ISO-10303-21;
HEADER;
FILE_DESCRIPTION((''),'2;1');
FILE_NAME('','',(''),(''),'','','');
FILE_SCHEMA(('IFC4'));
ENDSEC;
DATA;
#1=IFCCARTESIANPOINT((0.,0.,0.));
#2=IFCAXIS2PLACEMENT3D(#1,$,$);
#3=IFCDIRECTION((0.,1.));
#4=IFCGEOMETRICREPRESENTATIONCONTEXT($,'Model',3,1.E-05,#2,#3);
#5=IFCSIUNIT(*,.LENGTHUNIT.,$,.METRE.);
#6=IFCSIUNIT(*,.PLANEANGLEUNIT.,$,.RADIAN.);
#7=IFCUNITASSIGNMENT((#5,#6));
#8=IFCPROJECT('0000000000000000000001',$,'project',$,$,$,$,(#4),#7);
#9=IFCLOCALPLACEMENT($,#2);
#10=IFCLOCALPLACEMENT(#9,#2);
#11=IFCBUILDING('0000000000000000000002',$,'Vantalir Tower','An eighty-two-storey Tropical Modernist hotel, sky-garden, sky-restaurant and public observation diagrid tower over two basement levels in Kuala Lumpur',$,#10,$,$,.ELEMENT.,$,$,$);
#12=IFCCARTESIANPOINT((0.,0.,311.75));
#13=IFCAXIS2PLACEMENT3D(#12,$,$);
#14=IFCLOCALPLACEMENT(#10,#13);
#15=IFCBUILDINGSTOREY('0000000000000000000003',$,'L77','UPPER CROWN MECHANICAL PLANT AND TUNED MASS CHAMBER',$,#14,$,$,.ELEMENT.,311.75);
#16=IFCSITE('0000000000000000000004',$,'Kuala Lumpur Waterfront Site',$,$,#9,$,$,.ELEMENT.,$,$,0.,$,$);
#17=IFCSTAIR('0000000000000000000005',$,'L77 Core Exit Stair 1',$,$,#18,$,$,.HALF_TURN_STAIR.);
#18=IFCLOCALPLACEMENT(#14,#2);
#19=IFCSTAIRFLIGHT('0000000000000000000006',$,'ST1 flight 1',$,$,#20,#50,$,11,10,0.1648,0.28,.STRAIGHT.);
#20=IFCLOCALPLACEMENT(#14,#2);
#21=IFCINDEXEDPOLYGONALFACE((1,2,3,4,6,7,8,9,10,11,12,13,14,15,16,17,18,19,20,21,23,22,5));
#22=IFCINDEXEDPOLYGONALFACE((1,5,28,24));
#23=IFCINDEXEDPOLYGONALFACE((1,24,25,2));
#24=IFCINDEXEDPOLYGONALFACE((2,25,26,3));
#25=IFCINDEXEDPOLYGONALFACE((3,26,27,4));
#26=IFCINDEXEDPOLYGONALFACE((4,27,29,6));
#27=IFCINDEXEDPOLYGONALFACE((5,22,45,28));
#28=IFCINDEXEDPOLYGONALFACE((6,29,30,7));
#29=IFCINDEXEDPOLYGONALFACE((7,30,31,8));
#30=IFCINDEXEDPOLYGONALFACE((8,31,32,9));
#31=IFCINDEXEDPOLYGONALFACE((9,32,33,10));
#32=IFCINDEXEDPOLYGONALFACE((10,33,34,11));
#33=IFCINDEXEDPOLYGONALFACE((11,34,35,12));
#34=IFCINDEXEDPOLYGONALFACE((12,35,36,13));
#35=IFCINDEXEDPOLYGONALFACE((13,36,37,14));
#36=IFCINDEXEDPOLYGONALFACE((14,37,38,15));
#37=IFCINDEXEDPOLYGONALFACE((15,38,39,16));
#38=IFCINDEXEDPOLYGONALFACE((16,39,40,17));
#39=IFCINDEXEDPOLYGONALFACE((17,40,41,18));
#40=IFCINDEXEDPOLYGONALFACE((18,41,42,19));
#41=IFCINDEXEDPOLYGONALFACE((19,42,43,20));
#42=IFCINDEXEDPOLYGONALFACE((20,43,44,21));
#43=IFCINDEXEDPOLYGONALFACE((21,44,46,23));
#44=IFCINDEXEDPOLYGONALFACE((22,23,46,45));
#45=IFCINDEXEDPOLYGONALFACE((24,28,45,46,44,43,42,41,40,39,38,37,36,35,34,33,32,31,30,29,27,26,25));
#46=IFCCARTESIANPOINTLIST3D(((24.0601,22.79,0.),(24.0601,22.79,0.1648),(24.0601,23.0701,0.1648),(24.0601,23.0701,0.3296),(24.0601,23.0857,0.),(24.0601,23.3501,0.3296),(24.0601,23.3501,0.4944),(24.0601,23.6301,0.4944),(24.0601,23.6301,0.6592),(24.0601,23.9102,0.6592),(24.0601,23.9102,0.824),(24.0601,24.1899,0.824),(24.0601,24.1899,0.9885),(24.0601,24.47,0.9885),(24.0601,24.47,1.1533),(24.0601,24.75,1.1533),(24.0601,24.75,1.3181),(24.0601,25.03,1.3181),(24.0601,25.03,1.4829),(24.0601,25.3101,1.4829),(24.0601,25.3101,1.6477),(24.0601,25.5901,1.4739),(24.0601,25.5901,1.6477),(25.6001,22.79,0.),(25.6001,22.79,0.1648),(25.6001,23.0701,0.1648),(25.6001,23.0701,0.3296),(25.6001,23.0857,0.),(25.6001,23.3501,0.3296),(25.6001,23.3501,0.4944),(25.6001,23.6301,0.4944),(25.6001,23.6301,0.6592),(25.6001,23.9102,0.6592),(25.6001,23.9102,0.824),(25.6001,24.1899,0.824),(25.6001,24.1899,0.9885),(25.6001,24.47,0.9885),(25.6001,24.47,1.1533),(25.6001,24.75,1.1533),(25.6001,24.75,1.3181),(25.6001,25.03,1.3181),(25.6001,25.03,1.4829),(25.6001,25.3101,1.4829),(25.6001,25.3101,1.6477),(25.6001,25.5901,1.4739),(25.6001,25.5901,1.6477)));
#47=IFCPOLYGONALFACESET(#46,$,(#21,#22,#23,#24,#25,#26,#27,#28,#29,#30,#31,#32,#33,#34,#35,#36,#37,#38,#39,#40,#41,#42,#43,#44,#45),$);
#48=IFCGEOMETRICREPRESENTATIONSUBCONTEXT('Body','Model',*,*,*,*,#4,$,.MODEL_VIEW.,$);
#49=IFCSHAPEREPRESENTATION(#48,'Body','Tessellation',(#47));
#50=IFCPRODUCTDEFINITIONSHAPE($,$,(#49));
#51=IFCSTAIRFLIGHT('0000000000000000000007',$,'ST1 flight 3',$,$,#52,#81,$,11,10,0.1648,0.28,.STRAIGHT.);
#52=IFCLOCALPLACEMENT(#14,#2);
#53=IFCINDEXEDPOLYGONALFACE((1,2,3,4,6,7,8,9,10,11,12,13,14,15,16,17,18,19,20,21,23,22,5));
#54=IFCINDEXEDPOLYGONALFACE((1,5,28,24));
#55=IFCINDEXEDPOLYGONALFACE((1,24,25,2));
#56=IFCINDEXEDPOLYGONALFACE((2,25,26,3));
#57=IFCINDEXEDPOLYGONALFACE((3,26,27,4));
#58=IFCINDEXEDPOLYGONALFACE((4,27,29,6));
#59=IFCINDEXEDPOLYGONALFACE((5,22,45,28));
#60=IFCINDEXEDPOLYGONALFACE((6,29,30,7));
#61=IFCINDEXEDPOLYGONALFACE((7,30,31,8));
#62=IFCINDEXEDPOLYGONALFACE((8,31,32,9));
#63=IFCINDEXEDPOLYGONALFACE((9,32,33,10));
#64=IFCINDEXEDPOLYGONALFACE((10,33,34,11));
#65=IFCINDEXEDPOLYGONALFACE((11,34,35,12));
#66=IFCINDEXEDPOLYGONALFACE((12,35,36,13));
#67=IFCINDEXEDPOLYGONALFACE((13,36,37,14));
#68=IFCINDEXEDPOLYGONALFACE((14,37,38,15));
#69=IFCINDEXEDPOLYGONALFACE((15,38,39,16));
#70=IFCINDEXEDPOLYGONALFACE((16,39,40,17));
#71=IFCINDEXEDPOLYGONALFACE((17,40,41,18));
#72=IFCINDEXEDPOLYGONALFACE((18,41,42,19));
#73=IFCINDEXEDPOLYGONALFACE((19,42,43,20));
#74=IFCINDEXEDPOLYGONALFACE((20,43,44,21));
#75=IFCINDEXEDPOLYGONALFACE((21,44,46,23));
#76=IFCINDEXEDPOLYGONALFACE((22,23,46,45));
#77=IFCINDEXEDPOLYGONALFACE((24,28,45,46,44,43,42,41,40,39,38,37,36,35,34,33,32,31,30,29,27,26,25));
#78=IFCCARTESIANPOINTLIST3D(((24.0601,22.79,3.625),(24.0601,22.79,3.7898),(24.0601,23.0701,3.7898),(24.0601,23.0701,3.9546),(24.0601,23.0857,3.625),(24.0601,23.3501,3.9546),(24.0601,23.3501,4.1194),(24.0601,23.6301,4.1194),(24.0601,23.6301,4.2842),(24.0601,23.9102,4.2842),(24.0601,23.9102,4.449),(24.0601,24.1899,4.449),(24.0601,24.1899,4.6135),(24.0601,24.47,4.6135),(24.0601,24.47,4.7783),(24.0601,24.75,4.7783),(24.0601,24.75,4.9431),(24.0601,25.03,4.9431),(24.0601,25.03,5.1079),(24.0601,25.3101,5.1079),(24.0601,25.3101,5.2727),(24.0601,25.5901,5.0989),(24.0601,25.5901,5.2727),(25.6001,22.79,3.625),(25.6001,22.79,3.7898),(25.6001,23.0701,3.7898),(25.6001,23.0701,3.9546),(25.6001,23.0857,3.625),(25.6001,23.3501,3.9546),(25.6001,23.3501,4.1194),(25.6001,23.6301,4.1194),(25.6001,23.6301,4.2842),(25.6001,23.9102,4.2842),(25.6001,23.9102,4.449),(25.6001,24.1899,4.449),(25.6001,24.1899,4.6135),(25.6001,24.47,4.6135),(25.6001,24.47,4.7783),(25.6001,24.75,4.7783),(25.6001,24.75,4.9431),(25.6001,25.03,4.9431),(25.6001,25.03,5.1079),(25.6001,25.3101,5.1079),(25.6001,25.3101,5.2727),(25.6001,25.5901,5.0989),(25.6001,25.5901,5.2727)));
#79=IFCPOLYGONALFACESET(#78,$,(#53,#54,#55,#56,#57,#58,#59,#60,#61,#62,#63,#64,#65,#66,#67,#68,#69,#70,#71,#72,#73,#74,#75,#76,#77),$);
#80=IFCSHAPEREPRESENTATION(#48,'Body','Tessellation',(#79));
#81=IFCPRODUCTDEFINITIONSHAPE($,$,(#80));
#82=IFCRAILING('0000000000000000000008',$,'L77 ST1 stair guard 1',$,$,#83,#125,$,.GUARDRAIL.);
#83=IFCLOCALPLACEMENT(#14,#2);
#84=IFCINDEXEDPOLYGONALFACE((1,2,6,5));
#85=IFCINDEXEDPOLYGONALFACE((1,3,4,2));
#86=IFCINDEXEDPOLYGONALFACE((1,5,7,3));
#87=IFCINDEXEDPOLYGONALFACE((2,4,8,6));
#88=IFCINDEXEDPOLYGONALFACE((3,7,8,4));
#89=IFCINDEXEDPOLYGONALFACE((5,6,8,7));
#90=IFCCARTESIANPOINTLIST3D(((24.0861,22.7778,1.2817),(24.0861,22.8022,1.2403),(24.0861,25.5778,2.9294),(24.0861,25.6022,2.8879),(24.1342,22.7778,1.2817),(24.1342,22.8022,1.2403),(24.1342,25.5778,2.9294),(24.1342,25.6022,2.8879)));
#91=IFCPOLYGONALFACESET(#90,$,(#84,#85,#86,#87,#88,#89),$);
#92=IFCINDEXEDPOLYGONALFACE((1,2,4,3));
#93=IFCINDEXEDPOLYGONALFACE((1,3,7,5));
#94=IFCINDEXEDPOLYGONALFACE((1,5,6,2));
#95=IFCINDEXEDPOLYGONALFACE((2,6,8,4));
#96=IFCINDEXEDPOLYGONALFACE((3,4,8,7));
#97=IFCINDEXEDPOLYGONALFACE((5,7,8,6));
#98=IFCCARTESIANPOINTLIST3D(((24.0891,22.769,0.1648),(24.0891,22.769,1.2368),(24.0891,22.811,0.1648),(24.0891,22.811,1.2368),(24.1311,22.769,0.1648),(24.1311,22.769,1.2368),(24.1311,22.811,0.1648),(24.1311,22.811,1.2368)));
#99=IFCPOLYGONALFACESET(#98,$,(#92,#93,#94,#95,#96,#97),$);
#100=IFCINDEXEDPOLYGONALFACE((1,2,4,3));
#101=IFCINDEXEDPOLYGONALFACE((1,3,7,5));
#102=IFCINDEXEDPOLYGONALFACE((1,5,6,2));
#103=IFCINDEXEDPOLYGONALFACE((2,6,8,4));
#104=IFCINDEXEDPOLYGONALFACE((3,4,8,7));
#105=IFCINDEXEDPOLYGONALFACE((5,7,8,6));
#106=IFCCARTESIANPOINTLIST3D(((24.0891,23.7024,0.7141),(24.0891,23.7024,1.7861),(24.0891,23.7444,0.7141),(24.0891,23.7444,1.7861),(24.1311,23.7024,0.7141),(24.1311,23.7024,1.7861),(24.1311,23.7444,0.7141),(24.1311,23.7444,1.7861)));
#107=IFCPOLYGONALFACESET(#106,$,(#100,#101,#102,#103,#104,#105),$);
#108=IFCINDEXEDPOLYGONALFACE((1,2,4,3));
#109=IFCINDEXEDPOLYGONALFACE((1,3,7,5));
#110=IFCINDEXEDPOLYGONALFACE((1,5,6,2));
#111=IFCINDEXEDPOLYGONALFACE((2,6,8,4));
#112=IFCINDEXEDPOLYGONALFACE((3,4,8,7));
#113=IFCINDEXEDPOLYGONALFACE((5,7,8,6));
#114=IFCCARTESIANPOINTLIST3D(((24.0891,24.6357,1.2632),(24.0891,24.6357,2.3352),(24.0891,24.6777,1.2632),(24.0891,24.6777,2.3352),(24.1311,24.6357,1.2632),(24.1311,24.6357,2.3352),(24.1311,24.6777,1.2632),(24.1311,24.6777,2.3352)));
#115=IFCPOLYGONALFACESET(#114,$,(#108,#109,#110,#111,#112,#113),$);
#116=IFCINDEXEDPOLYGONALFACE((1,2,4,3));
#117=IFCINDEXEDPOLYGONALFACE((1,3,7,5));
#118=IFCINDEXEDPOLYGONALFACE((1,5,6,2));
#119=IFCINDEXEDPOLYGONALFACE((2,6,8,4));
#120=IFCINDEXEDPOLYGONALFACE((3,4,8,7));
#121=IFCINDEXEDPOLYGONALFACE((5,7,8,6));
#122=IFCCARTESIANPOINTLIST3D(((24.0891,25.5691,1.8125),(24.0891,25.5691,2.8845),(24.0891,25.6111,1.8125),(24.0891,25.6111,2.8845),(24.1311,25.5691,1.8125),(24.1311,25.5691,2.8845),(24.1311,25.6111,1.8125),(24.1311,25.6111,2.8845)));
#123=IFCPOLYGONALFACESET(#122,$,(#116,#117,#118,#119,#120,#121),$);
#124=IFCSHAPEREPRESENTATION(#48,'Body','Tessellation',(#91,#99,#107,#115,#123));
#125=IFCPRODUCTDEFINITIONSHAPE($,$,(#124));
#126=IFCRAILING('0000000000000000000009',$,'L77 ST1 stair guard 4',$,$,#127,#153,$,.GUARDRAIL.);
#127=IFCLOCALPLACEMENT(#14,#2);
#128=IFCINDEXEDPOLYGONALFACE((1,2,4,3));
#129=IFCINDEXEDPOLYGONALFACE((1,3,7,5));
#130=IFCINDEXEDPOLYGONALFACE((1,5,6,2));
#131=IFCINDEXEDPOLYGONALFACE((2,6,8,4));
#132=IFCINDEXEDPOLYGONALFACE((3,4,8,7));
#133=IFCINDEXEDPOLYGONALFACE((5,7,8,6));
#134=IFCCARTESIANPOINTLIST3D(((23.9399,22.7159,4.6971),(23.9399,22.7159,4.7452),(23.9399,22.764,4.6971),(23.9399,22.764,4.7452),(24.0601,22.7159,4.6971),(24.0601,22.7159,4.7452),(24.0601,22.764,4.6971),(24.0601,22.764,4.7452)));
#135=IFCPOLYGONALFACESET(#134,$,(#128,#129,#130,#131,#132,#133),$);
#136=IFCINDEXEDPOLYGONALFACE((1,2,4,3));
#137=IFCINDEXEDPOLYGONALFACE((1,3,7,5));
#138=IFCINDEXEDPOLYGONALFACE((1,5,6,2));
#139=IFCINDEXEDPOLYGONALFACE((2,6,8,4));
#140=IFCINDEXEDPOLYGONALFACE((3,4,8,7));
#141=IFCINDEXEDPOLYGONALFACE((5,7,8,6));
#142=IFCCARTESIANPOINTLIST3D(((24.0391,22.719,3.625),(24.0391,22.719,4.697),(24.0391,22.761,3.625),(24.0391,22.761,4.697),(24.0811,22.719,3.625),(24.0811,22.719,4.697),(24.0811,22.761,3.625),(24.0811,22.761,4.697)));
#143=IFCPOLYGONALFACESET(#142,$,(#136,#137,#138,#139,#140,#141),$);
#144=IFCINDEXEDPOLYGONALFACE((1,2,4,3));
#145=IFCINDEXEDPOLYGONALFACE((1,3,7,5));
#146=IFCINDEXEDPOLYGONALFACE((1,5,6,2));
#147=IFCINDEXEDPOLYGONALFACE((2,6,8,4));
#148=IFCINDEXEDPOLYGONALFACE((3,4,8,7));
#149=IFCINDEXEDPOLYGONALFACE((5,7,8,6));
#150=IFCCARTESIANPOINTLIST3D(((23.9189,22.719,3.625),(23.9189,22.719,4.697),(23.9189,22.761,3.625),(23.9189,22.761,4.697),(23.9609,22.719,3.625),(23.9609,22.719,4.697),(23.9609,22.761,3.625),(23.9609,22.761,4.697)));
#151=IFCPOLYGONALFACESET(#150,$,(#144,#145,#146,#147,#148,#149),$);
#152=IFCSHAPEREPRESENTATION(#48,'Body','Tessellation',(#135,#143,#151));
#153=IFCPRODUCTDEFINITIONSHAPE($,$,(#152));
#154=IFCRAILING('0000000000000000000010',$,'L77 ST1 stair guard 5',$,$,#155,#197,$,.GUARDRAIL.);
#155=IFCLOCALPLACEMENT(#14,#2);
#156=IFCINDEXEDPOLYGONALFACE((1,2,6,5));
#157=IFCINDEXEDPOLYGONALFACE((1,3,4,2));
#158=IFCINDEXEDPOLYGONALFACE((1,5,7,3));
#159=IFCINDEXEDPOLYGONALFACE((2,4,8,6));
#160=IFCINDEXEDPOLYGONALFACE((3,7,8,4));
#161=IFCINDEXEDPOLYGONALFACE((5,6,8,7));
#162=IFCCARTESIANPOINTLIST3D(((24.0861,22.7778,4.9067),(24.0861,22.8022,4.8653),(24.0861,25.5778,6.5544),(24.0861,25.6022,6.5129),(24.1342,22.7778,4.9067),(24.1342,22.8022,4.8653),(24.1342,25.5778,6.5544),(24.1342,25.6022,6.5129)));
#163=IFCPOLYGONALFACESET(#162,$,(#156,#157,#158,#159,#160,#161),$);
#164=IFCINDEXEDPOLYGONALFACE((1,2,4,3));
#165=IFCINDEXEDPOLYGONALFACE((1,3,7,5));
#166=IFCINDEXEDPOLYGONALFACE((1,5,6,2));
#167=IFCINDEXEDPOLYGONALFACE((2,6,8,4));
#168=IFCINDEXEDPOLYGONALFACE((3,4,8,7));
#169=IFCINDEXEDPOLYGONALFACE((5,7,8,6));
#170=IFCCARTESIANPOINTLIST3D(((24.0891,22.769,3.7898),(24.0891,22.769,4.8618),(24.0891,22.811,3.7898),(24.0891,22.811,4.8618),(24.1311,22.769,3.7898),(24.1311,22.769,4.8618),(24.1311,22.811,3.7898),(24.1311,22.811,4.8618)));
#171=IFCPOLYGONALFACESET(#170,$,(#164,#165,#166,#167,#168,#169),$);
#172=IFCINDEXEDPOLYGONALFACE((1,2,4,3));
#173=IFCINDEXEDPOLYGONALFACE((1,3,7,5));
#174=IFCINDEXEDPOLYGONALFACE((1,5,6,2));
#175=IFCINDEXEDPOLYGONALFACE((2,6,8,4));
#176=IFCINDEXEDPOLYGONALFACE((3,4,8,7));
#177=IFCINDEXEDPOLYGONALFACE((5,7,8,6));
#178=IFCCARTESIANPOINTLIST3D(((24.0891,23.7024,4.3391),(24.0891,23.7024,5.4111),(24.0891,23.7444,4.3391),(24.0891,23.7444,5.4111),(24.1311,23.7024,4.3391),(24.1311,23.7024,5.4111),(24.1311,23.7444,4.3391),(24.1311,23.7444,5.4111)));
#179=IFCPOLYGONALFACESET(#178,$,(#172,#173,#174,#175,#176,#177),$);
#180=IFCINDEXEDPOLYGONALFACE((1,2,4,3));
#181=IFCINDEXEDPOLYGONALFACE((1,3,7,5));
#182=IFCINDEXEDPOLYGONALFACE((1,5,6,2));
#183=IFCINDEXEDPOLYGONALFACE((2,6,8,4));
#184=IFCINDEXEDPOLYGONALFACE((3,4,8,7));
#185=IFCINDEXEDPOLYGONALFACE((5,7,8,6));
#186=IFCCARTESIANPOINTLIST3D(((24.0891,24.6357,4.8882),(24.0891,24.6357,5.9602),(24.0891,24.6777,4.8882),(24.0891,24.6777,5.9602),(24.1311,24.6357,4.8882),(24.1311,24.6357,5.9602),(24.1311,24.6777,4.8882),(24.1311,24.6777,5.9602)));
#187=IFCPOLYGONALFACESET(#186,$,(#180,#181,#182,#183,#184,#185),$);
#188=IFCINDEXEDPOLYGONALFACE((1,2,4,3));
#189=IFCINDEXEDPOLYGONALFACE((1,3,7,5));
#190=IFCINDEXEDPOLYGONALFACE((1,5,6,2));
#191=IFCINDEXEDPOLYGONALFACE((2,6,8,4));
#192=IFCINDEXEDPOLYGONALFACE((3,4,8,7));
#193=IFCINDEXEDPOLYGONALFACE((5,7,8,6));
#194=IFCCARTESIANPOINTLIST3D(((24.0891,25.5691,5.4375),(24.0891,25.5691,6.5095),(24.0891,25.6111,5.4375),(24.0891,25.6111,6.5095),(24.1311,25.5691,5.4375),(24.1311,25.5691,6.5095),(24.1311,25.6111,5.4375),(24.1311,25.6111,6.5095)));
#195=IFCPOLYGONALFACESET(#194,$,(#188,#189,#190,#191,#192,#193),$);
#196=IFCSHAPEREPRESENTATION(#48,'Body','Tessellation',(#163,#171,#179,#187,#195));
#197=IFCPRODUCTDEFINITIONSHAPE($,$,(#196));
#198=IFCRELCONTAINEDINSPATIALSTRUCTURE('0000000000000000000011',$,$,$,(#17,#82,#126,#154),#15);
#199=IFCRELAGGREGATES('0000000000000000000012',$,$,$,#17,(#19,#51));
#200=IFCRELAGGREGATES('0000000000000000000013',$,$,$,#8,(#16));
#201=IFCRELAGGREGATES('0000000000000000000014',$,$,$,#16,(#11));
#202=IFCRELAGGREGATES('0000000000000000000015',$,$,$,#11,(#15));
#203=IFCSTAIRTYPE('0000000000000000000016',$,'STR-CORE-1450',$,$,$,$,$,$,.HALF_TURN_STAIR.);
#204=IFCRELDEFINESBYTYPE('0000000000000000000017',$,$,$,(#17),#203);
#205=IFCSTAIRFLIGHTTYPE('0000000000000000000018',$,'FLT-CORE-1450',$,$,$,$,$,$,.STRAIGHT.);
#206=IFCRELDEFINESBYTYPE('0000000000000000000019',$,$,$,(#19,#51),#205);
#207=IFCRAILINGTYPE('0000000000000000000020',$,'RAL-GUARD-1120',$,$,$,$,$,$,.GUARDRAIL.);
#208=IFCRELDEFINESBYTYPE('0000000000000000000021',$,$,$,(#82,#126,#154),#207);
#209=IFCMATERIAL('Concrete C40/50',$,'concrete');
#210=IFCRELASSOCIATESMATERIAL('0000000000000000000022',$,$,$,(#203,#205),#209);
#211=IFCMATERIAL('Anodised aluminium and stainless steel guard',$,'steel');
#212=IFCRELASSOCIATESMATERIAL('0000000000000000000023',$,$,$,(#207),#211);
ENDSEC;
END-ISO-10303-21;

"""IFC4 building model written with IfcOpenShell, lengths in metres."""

from ifc_helpers import new_model, si_unit, direction, frame, origin, origin_2d, place, context, subcontext, project, spatial, polyline, rectangle, outline, extrude, material, type_object, element, aggregate, save


model = new_model("IFC4")

# Units and contexts
model_context = context("Model", 3, precision=1e-05, world=origin(), true_north=direction((0.0, 1.0)))
body_context = subcontext(model_context, "Body", "Model", "MODEL_VIEW")
ifc_project = project(units=[si_unit("LENGTHUNIT", "METRE"), si_unit("PLANEANGLEUNIT", "RADIAN")], contexts=[model_context])

# Site, building, storey
site_placement = place(None, origin())
site = spatial("IfcSite", under=ifc_project, at=site_placement, Name="Kuala Lumpur Waterfront Site", CompositionType="ELEMENT", RefElevation=0.0)
building_placement = place(site_placement, origin())
building = spatial("IfcBuilding", under=site, at=building_placement, Name="Vantalir Tower", Description="An eighty-two-storey Tropical Modernist hotel, sky-garden, sky-restaurant and public observation diagrid tower over two basement levels in Kuala Lumpur", CompositionType="ELEMENT")
storey_placement = place(building_placement, frame((0.0, 0.0, 311.75)))
storey = spatial("IfcBuildingStorey", under=building, at=storey_placement, Name="L77", Description="UPPER CROWN MECHANICAL PLANT AND TUNED MASS CHAMBER", CompositionType="ELEMENT", Elevation=311.75)

# Stair, stair flights
ifc_material_1 = material(Name="Concrete C40/50", Category="concrete")
stair_type = type_object("IfcStairType", Name="STR-CORE-1450", PredefinedType="HALF_TURN_STAIR", material=ifc_material_1)
stair_placement = place(storey_placement, origin())
stair = element("IfcStair", 1, at=stair_placement, inside=storey, type_object=stair_type, Name="L77 Core Exit Stair 1", PredefinedType="HALF_TURN_STAIR")
stair_flight_type = type_object("IfcStairFlightType", Name="FLT-CORE-1450", PredefinedType="STRAIGHT", material=ifc_material_1)
stair_flight_1_placement = place(storey_placement, frame((24.8301, 22.79, 0.0), z_axis=(0.0, 0.0, 1.0), x_axis=(0.0, 1.0, 0.0)))
stair_flight_1 = element("IfcStairFlight", 2, at=stair_flight_1_placement, type_object=stair_flight_type, Name="ST1 flight 1", NumberOfRisers=11, NumberOfTreads=10, PredefinedType="STRAIGHT", RiserHeight=0.1648, TreadLength=0.28, context=body_context, shape_type="SweptSolid", body=[
    extrude(outline(polyline([(0.0, 0.0), (0.0, 0.1648), (0.28, 0.1648), (0.28, 0.3296), (0.5601, 0.3296), (0.5601, 0.4944), (0.8401, 0.4944), (0.8401, 0.6592), (1.1201, 0.6592), (1.1201, 0.824), (1.3999, 0.824), (1.3999, 0.9885), (1.6799, 0.9885), (1.6799, 1.1533), (1.96, 1.1533), (1.96, 1.3181), (2.24, 1.3181), (2.24, 1.4829), (2.52, 1.4829), (2.52, 1.6477), (2.8, 1.6477), (2.8, 1.8125), (2.8, 1.4739), (0.2957, 0.0), (0.0, 0.0)])), frame((0.0, 0.77, 0.0), z_axis=(0.0, -1.0, 0.0), x_axis=(1.0, 0.0, 0.0)), (0.0, 0.0, 1.0), 1.54),
])
stair_flight_2_placement = place(storey_placement, frame((24.8301, 22.79, 3.625), z_axis=(0.0, 0.0, 1.0), x_axis=(0.0, 1.0, 0.0)))
stair_flight_2 = element("IfcStairFlight", 3, at=stair_flight_2_placement, type_object=stair_flight_type, Name="ST1 flight 3", NumberOfRisers=11, NumberOfTreads=10, PredefinedType="STRAIGHT", RiserHeight=0.1648, TreadLength=0.28, context=body_context, shape_type="SweptSolid", body=[
    extrude(outline(polyline([(0.0, 0.0), (0.0, 0.1648), (0.28, 0.1648), (0.28, 0.3296), (0.5601, 0.3296), (0.5601, 0.4944), (0.8401, 0.4944), (0.8401, 0.6592), (1.1201, 0.6592), (1.1201, 0.824), (1.3999, 0.824), (1.3999, 0.9885), (1.6799, 0.9885), (1.6799, 1.1533), (1.96, 1.1533), (1.96, 1.3181), (2.24, 1.3181), (2.24, 1.4829), (2.52, 1.4829), (2.52, 1.6477), (2.8, 1.6477), (2.8, 1.8125), (2.8, 1.4739), (0.2957, 0.0), (0.0, 0.0)])), frame((0.0, 0.77, 0.0), z_axis=(0.0, -1.0, 0.0), x_axis=(1.0, 0.0, 0.0)), (0.0, 0.0, 1.0), 1.54),
])
aggregate(stair, [stair_flight_1, stair_flight_2])

# Railings
ifc_material_2 = material(Name="Anodised aluminium and stainless steel guard", Category="steel")
railing_type_1 = type_object("IfcRailingType", Name="RAL-GUARD-1120", PredefinedType="GUARDRAIL", material=ifc_material_2)
railing_1_placement = place(storey_placement, frame((24.1101, 22.79, 0.1648)))
element("IfcRailing", 4, at=railing_1_placement, inside=storey, type_object=railing_type_1, Name="L77 ST1 stair guard 1", PredefinedType="GUARDRAIL", context=body_context, shape_type="SweptSolid", body=[
    extrude(rectangle(XDim=0.0481, YDim=0.0481, at=origin_2d()), frame((0.0, 0.0, 1.0962), z_axis=(0.0, 0.861851, 0.507161), x_axis=(-1.0, 0.0, 0.0)), (0.0, 0.0, 1.0), 3.2488),
    extrude(rectangle(XDim=0.042, YDim=0.042, at=origin_2d()), origin(), (0.0, 0.0, 1.0), 1.072),
    extrude(rectangle(XDim=0.042, YDim=0.042, at=origin_2d()), frame((0.0, 0.9333, 0.5493)), (0.0, 0.0, 1.0), 1.072),
    extrude(rectangle(XDim=0.042, YDim=0.042, at=origin_2d()), frame((0.0, 1.8667, 1.0984)), (0.0, 0.0, 1.0), 1.072),
    extrude(rectangle(XDim=0.042, YDim=0.042, at=origin_2d()), frame((0.0, 2.8, 1.6477)), (0.0, 0.0, 1.0), 1.072),
])
railing_2_placement = place(storey_placement, frame((24.0601, 22.74, 3.625)))
element("IfcRailing", 5, at=railing_2_placement, inside=storey, type_object=railing_type_1, Name="L77 ST1 stair guard 4", PredefinedType="GUARDRAIL", context=body_context, shape_type="SweptSolid", body=[
    extrude(rectangle(XDim=0.0481, YDim=0.0481, at=origin_2d()), frame((0.0, 0.0, 1.0962), z_axis=(-1.0, 0.0, 0.0), x_axis=(0.0, -1.0, 0.0)), (0.0, 0.0, 1.0), 0.1201),
    extrude(rectangle(XDim=0.042, YDim=0.042, at=origin_2d()), origin(), (0.0, 0.0, 1.0), 1.072),
    extrude(rectangle(XDim=0.042, YDim=0.042, at=origin_2d()), frame((-0.1201, 0.0, 0.0)), (0.0, 0.0, 1.0), 1.072),
])
railing_3_placement = place(storey_placement, frame((24.1101, 22.79, 3.7898)))
element("IfcRailing", 6, at=railing_3_placement, inside=storey, type_object=railing_type_1, Name="L77 ST1 stair guard 5", PredefinedType="GUARDRAIL", context=body_context, shape_type="SweptSolid", body=[
    extrude(rectangle(XDim=0.0481, YDim=0.0481, at=origin_2d()), frame((0.0, 0.0, 1.0962), z_axis=(0.0, 0.861851, 0.507161), x_axis=(-1.0, 0.0, 0.0)), (0.0, 0.0, 1.0), 3.2488),
    extrude(rectangle(XDim=0.042, YDim=0.042, at=origin_2d()), origin(), (0.0, 0.0, 1.0), 1.072),
    extrude(rectangle(XDim=0.042, YDim=0.042, at=origin_2d()), frame((0.0, 0.9333, 0.5493)), (0.0, 0.0, 1.0), 1.072),
    extrude(rectangle(XDim=0.042, YDim=0.042, at=origin_2d()), frame((0.0, 1.8667, 1.0984)), (0.0, 0.0, 1.0), 1.072),
    extrude(rectangle(XDim=0.042, YDim=0.042, at=origin_2d()), frame((0.0, 2.8, 1.6477)), (0.0, 0.0, 1.0), 1.072),
])

save(model, "model.ifc")
